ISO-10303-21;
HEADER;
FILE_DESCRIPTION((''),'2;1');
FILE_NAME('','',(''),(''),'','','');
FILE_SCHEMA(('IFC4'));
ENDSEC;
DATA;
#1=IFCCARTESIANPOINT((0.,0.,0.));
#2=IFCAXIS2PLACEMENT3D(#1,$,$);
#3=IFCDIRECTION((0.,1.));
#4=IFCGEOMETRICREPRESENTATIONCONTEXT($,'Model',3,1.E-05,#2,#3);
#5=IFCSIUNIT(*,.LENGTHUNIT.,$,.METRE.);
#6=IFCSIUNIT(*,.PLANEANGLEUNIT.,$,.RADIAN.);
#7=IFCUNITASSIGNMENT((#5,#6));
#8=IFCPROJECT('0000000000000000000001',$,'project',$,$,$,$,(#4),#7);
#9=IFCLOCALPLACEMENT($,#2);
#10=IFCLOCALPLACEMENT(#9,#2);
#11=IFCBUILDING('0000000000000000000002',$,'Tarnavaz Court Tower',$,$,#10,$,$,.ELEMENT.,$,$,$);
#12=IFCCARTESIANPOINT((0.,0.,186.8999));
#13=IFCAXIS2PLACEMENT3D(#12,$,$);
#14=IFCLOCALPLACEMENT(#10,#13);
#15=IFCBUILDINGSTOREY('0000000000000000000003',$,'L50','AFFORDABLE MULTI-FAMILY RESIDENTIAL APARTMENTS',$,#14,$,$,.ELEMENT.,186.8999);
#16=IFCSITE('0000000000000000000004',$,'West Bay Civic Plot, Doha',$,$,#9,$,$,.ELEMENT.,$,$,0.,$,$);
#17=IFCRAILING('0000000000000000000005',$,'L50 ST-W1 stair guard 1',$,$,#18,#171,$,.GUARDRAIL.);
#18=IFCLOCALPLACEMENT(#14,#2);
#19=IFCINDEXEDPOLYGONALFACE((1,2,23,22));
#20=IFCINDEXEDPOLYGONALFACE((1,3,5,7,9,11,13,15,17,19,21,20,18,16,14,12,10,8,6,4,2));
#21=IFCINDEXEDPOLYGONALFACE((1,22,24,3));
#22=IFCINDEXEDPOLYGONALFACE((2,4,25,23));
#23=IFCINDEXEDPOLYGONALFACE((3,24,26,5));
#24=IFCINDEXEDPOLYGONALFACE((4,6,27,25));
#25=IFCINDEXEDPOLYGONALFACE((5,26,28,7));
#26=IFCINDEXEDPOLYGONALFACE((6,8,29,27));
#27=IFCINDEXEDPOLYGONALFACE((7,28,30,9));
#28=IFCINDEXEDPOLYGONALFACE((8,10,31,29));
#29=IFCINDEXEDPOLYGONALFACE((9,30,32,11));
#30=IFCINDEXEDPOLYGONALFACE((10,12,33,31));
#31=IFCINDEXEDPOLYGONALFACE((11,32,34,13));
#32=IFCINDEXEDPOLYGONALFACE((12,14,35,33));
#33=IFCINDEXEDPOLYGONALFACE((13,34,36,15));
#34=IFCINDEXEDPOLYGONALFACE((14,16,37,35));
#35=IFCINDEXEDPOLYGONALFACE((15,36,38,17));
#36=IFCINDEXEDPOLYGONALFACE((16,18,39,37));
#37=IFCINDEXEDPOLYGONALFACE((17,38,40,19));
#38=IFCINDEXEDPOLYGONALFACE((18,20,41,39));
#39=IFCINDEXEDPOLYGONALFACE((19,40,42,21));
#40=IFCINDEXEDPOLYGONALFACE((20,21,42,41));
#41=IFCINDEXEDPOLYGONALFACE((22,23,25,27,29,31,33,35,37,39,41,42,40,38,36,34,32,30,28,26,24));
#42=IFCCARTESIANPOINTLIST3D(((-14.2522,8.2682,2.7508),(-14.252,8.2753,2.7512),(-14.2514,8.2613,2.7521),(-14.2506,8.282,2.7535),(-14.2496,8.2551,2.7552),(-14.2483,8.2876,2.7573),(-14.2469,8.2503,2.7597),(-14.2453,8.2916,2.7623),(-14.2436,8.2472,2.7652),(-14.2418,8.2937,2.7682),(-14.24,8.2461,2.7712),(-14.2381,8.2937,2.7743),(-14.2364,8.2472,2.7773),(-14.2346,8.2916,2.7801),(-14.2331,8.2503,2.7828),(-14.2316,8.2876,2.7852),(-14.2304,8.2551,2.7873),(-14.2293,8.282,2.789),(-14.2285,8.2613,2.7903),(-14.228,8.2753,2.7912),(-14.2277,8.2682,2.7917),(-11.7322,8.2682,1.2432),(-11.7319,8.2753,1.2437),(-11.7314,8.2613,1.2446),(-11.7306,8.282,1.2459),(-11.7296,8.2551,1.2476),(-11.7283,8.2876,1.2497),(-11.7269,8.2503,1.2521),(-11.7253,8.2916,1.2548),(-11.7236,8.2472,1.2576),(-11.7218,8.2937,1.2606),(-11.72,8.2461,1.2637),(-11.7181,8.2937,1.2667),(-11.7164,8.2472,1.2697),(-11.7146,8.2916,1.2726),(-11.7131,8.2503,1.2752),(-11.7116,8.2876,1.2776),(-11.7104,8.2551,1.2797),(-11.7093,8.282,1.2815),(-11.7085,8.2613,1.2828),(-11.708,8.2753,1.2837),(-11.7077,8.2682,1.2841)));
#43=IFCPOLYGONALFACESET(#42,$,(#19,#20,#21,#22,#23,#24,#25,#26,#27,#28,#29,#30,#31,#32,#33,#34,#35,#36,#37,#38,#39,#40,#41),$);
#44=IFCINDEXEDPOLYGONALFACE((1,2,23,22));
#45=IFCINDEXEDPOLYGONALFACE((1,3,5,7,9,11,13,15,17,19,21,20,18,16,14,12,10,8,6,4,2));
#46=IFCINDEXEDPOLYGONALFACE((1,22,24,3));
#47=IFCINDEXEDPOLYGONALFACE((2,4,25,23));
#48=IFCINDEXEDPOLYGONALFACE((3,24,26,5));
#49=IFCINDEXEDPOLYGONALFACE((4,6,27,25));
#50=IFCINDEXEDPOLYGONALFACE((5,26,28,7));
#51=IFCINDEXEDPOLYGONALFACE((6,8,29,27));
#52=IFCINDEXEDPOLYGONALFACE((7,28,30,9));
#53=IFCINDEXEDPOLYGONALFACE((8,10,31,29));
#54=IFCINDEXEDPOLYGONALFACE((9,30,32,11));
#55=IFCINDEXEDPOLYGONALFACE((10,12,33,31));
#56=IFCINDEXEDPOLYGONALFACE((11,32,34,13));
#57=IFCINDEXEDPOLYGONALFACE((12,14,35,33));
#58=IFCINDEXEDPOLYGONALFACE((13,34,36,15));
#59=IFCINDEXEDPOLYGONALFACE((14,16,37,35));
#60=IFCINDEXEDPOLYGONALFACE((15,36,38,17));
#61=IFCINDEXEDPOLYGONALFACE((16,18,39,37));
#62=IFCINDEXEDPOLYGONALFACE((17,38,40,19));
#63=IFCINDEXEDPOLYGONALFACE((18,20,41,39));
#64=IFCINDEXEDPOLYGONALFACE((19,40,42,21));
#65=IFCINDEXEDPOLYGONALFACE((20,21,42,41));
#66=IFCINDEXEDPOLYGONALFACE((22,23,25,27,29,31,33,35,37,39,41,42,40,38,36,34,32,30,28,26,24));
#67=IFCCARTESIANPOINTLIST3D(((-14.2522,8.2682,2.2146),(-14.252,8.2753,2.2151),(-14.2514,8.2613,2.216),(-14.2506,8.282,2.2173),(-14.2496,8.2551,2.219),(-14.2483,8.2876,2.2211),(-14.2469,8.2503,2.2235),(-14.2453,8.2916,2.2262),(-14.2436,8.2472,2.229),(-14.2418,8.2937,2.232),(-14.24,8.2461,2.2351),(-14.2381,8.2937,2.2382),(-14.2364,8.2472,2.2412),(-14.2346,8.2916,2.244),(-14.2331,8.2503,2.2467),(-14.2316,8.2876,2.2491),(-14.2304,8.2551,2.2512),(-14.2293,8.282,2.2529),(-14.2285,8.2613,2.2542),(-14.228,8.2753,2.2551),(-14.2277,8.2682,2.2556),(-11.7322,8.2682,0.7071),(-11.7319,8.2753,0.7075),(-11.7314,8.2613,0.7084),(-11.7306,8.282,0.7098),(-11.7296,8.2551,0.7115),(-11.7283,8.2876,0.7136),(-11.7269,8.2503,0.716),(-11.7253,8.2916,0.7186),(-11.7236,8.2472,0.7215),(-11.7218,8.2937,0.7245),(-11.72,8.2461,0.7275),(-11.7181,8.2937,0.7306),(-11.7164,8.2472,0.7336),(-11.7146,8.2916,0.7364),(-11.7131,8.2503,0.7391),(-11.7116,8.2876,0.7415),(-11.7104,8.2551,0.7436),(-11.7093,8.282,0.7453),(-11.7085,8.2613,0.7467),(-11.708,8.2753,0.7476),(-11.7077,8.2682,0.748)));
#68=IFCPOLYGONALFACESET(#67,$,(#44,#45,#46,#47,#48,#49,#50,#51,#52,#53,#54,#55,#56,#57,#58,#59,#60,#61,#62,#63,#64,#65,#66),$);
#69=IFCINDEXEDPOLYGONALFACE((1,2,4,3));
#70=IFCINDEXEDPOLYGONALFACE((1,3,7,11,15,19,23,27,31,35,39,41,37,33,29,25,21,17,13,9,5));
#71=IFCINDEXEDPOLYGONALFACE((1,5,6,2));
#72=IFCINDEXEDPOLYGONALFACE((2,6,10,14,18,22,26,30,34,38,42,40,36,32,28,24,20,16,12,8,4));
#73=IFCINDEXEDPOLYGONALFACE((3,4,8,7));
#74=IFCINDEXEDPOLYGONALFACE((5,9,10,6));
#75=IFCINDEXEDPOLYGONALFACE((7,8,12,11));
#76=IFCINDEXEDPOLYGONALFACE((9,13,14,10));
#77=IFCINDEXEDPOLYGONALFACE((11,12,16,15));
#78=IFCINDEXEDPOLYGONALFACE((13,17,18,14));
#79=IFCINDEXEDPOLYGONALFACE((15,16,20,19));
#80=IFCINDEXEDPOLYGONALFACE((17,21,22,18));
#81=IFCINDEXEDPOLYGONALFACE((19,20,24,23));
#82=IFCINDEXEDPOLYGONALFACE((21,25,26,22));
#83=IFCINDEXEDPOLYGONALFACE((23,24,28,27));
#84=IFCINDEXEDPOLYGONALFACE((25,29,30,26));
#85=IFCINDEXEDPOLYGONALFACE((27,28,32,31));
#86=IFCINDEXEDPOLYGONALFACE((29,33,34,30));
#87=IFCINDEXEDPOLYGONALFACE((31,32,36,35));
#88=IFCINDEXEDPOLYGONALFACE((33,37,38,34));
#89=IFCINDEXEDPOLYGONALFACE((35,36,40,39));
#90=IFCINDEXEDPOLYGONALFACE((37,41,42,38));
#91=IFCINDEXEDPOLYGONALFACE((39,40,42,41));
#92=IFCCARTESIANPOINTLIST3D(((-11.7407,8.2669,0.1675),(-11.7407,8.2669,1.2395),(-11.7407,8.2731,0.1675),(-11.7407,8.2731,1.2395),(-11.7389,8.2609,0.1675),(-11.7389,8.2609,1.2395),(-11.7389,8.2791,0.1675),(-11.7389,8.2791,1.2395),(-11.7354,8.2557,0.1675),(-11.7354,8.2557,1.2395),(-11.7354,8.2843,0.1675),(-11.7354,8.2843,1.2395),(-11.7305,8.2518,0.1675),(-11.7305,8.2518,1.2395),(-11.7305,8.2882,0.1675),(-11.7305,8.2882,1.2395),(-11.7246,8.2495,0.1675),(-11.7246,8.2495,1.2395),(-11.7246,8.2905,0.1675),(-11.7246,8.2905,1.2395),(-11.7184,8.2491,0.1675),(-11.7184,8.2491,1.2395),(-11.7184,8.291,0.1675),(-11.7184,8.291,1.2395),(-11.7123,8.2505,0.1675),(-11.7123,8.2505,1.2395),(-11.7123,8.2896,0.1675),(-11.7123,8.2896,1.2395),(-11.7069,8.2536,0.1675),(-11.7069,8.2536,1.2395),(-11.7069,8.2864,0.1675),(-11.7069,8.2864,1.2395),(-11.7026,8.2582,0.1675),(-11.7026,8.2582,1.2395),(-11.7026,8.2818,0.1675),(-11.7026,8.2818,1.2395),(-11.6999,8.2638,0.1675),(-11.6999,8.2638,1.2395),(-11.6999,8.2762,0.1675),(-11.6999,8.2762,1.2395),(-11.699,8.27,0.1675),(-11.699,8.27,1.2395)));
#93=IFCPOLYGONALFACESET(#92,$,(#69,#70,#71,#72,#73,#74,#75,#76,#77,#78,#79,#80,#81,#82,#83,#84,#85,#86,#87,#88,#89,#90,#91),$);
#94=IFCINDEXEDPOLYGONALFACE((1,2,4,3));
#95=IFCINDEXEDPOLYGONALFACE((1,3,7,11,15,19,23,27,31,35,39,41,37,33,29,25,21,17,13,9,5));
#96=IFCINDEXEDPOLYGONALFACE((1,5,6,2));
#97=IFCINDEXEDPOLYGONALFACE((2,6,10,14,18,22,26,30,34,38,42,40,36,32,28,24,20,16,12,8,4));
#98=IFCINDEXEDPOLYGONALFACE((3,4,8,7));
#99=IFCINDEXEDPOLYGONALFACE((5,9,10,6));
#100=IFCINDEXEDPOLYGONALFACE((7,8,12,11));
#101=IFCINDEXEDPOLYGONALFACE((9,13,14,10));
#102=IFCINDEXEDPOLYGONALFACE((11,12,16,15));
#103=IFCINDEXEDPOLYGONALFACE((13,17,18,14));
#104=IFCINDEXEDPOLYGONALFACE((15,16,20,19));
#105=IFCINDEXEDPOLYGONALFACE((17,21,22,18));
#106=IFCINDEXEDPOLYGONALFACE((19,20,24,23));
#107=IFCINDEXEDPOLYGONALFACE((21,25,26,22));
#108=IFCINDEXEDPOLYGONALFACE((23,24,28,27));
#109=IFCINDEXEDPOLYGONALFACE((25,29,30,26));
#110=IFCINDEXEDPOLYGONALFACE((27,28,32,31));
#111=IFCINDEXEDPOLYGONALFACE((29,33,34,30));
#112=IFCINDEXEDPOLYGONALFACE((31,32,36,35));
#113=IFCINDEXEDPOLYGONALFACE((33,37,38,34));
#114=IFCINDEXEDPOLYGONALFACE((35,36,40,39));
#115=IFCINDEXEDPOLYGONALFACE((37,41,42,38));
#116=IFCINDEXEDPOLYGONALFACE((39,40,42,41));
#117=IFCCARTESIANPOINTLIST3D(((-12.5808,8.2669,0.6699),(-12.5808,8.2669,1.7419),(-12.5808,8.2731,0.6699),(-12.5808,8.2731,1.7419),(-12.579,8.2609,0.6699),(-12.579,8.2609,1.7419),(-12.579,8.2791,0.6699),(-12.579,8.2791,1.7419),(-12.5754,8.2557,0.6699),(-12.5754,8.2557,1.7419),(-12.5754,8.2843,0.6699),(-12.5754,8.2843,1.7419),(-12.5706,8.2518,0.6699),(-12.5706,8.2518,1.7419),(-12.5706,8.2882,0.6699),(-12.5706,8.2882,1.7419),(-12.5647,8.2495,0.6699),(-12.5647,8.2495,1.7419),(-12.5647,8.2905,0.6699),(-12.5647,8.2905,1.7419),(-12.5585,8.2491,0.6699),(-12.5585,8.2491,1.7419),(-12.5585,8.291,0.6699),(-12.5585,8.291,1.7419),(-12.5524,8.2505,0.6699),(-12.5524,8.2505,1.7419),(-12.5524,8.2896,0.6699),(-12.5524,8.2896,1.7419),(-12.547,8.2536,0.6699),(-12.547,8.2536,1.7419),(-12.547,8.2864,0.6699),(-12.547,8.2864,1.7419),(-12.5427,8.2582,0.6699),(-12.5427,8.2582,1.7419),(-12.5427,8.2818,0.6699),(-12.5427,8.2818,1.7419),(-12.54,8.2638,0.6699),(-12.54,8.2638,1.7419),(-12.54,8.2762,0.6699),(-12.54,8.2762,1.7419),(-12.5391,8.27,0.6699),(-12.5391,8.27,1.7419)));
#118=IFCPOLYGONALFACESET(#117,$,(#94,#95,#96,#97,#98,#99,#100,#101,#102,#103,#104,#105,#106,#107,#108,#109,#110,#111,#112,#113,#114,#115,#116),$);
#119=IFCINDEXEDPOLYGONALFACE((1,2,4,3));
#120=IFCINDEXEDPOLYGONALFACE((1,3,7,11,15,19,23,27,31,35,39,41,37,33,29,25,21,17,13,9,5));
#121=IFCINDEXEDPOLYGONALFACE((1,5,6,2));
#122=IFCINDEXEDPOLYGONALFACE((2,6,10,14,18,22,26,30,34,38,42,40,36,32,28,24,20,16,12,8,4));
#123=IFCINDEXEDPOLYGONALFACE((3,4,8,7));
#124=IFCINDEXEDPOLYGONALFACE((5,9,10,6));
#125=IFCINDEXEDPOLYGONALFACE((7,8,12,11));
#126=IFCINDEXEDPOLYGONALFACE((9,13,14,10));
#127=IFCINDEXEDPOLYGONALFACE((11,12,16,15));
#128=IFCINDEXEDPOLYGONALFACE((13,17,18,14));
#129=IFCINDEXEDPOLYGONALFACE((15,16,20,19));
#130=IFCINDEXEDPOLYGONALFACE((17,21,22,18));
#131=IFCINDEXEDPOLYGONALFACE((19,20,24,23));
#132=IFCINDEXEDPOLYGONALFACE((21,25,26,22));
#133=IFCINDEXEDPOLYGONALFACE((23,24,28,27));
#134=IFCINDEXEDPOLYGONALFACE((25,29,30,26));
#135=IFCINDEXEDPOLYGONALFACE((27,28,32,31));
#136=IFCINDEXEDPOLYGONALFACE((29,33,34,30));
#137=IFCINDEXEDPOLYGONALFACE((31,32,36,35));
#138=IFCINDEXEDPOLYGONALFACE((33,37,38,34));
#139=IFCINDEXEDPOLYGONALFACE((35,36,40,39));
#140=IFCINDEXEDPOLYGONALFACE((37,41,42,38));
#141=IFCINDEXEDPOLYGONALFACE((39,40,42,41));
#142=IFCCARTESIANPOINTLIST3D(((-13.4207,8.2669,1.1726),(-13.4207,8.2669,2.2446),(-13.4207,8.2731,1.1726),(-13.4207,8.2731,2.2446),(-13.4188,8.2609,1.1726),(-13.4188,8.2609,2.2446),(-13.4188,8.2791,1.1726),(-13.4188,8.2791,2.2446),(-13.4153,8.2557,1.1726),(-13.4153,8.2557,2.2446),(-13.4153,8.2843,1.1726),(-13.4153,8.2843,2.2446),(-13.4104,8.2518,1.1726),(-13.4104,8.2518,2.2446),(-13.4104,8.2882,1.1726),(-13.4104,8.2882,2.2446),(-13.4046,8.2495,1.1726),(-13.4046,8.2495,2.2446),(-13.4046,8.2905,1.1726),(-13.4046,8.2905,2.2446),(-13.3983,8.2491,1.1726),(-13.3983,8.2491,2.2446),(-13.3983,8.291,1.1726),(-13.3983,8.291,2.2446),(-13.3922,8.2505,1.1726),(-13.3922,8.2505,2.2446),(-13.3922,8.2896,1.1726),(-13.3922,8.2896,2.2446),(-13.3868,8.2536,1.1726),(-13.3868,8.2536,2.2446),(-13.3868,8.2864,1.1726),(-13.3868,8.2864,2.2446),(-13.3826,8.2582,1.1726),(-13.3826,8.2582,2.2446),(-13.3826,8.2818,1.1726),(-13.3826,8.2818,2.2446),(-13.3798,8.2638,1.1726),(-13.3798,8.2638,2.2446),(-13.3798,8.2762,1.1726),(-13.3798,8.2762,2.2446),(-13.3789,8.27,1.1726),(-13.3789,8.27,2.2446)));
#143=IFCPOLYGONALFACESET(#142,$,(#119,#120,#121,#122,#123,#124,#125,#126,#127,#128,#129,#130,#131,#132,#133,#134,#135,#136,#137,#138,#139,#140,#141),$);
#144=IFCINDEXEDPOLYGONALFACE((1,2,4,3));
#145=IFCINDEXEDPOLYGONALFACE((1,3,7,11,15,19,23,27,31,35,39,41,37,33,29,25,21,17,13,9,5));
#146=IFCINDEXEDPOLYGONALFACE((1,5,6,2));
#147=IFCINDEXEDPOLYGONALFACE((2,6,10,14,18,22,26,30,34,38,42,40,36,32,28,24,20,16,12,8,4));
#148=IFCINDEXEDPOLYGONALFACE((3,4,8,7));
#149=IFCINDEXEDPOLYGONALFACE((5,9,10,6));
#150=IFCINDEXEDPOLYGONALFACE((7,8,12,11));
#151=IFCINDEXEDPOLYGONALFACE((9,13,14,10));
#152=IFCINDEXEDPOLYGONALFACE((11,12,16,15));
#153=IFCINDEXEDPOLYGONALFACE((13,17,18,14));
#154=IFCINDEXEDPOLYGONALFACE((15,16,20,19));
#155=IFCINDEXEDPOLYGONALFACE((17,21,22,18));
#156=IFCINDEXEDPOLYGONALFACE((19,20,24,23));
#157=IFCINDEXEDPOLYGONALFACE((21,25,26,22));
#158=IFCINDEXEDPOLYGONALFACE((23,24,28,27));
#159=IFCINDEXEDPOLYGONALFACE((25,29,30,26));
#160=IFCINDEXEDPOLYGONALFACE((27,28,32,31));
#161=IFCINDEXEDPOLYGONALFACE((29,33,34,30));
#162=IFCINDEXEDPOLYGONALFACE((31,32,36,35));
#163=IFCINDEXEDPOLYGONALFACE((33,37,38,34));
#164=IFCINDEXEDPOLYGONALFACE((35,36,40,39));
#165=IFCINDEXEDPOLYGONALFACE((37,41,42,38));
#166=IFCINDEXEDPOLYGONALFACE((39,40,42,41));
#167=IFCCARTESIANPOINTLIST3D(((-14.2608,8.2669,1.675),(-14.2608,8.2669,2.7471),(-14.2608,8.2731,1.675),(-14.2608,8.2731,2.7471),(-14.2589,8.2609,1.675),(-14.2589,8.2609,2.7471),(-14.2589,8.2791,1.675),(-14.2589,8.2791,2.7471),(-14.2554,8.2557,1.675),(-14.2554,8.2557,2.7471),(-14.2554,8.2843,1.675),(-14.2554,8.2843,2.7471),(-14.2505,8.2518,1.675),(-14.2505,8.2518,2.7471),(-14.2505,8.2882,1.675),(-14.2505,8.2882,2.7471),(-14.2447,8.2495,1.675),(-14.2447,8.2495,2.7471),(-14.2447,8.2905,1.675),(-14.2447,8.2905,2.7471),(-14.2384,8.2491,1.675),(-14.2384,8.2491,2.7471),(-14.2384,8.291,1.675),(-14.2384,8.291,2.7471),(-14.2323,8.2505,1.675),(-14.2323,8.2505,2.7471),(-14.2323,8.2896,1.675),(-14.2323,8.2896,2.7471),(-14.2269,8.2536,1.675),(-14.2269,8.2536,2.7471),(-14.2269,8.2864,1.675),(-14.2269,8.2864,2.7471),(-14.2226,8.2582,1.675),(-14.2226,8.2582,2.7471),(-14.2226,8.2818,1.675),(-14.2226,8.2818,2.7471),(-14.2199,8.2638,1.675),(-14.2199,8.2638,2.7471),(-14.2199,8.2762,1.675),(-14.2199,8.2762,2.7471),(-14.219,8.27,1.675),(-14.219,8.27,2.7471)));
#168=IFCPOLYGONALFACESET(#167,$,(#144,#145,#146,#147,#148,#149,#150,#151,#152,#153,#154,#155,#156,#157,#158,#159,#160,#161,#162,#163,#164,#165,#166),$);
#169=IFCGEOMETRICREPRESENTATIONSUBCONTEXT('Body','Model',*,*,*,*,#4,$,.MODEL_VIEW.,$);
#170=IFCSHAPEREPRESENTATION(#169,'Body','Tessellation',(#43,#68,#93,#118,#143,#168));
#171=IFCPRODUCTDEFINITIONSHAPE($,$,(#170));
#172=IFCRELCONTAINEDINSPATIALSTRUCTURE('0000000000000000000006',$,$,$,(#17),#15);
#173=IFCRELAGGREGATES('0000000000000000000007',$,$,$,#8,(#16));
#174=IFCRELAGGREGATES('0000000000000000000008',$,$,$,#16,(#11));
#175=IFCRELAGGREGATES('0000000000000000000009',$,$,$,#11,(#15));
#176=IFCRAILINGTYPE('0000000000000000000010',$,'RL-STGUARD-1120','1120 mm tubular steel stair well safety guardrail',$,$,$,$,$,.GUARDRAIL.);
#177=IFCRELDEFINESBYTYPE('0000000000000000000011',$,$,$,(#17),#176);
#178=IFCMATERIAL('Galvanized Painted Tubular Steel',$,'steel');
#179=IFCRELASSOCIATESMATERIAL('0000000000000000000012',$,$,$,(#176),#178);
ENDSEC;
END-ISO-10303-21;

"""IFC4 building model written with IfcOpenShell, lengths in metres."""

from ifc_helpers import new_model, si_unit, direction, frame, origin, origin_2d, place, context, subcontext, project, spatial, circle, extrude, material, type_object, element, save


model = new_model("IFC4")

# Units and contexts
model_context = context("Model", 3, precision=1e-05, world=origin(), true_north=direction((0.0, 1.0)))
body_context = subcontext(model_context, "Body", "Model", "MODEL_VIEW")
ifc_project = project(units=[si_unit("LENGTHUNIT", "METRE"), si_unit("PLANEANGLEUNIT", "RADIAN")], contexts=[model_context])

# Site, building, storey
site_placement = place(None, origin())
site = spatial("IfcSite", under=ifc_project, at=site_placement, Name="West Bay Civic Plot, Doha", CompositionType="ELEMENT", RefElevation=0.0)
building_placement = place(site_placement, origin())
building = spatial("IfcBuilding", under=site, at=building_placement, Name="Tarnavaz Court Tower", CompositionType="ELEMENT")
storey_placement = place(building_placement, frame((0.0, 0.0, 186.8999)))
storey = spatial("IfcBuildingStorey", under=building, at=storey_placement, Name="L50", Description="AFFORDABLE MULTI-FAMILY RESIDENTIAL APARTMENTS", CompositionType="ELEMENT", Elevation=186.8999)

# Railing
ifc_material_1 = material(Name="Galvanized Painted Tubular Steel", Category="steel")
railing_type_1 = type_object("IfcRailingType", Name="RL-STGUARD-1120", Description="1120 mm tubular steel stair well safety guardrail", PredefinedType="GUARDRAIL", material=ifc_material_1)
railing_1_placement = place(storey_placement, frame((-11.72, 8.27, 0.1675)))
element("IfcRailing", 1, at=railing_1_placement, inside=storey, type_object=railing_type_1, Name="L50 ST-W1 stair guard 1", PredefinedType="GUARDRAIL", context=body_context, shape_type="SweptSolid", body=[
    extrude(circle(Radius=0.0239, at=origin_2d()), frame((0.0, 0.0, 1.0962), z_axis=(-0.85816, 0.0, 0.513383), x_axis=(0.0, -1.0, 0.0)), (0.0, 0.0, 1.0), 2.9365),
    extrude(circle(Radius=0.0239, at=origin_2d()), frame((0.0, 0.0, 0.5601), z_axis=(-0.85816, 0.0, 0.513383), x_axis=(0.0, -1.0, 0.0)), (0.0, 0.0, 1.0), 2.9365),
    extrude(circle(Radius=0.021, at=origin_2d()), origin(), (0.0, 0.0, 1.0), 1.072),
    extrude(circle(Radius=0.021, at=origin_2d()), frame((-0.8401, 0.0, 0.5024)), (0.0, 0.0, 1.0), 1.072),
    extrude(circle(Radius=0.021, at=origin_2d()), frame((-1.6799, 0.0, 1.0051)), (0.0, 0.0, 1.0), 1.072),
    extrude(circle(Radius=0.021, at=origin_2d()), frame((-2.52, 0.0, 1.5076)), (0.0, 0.0, 1.0), 1.072),
])

save(model, "model.ifc")
